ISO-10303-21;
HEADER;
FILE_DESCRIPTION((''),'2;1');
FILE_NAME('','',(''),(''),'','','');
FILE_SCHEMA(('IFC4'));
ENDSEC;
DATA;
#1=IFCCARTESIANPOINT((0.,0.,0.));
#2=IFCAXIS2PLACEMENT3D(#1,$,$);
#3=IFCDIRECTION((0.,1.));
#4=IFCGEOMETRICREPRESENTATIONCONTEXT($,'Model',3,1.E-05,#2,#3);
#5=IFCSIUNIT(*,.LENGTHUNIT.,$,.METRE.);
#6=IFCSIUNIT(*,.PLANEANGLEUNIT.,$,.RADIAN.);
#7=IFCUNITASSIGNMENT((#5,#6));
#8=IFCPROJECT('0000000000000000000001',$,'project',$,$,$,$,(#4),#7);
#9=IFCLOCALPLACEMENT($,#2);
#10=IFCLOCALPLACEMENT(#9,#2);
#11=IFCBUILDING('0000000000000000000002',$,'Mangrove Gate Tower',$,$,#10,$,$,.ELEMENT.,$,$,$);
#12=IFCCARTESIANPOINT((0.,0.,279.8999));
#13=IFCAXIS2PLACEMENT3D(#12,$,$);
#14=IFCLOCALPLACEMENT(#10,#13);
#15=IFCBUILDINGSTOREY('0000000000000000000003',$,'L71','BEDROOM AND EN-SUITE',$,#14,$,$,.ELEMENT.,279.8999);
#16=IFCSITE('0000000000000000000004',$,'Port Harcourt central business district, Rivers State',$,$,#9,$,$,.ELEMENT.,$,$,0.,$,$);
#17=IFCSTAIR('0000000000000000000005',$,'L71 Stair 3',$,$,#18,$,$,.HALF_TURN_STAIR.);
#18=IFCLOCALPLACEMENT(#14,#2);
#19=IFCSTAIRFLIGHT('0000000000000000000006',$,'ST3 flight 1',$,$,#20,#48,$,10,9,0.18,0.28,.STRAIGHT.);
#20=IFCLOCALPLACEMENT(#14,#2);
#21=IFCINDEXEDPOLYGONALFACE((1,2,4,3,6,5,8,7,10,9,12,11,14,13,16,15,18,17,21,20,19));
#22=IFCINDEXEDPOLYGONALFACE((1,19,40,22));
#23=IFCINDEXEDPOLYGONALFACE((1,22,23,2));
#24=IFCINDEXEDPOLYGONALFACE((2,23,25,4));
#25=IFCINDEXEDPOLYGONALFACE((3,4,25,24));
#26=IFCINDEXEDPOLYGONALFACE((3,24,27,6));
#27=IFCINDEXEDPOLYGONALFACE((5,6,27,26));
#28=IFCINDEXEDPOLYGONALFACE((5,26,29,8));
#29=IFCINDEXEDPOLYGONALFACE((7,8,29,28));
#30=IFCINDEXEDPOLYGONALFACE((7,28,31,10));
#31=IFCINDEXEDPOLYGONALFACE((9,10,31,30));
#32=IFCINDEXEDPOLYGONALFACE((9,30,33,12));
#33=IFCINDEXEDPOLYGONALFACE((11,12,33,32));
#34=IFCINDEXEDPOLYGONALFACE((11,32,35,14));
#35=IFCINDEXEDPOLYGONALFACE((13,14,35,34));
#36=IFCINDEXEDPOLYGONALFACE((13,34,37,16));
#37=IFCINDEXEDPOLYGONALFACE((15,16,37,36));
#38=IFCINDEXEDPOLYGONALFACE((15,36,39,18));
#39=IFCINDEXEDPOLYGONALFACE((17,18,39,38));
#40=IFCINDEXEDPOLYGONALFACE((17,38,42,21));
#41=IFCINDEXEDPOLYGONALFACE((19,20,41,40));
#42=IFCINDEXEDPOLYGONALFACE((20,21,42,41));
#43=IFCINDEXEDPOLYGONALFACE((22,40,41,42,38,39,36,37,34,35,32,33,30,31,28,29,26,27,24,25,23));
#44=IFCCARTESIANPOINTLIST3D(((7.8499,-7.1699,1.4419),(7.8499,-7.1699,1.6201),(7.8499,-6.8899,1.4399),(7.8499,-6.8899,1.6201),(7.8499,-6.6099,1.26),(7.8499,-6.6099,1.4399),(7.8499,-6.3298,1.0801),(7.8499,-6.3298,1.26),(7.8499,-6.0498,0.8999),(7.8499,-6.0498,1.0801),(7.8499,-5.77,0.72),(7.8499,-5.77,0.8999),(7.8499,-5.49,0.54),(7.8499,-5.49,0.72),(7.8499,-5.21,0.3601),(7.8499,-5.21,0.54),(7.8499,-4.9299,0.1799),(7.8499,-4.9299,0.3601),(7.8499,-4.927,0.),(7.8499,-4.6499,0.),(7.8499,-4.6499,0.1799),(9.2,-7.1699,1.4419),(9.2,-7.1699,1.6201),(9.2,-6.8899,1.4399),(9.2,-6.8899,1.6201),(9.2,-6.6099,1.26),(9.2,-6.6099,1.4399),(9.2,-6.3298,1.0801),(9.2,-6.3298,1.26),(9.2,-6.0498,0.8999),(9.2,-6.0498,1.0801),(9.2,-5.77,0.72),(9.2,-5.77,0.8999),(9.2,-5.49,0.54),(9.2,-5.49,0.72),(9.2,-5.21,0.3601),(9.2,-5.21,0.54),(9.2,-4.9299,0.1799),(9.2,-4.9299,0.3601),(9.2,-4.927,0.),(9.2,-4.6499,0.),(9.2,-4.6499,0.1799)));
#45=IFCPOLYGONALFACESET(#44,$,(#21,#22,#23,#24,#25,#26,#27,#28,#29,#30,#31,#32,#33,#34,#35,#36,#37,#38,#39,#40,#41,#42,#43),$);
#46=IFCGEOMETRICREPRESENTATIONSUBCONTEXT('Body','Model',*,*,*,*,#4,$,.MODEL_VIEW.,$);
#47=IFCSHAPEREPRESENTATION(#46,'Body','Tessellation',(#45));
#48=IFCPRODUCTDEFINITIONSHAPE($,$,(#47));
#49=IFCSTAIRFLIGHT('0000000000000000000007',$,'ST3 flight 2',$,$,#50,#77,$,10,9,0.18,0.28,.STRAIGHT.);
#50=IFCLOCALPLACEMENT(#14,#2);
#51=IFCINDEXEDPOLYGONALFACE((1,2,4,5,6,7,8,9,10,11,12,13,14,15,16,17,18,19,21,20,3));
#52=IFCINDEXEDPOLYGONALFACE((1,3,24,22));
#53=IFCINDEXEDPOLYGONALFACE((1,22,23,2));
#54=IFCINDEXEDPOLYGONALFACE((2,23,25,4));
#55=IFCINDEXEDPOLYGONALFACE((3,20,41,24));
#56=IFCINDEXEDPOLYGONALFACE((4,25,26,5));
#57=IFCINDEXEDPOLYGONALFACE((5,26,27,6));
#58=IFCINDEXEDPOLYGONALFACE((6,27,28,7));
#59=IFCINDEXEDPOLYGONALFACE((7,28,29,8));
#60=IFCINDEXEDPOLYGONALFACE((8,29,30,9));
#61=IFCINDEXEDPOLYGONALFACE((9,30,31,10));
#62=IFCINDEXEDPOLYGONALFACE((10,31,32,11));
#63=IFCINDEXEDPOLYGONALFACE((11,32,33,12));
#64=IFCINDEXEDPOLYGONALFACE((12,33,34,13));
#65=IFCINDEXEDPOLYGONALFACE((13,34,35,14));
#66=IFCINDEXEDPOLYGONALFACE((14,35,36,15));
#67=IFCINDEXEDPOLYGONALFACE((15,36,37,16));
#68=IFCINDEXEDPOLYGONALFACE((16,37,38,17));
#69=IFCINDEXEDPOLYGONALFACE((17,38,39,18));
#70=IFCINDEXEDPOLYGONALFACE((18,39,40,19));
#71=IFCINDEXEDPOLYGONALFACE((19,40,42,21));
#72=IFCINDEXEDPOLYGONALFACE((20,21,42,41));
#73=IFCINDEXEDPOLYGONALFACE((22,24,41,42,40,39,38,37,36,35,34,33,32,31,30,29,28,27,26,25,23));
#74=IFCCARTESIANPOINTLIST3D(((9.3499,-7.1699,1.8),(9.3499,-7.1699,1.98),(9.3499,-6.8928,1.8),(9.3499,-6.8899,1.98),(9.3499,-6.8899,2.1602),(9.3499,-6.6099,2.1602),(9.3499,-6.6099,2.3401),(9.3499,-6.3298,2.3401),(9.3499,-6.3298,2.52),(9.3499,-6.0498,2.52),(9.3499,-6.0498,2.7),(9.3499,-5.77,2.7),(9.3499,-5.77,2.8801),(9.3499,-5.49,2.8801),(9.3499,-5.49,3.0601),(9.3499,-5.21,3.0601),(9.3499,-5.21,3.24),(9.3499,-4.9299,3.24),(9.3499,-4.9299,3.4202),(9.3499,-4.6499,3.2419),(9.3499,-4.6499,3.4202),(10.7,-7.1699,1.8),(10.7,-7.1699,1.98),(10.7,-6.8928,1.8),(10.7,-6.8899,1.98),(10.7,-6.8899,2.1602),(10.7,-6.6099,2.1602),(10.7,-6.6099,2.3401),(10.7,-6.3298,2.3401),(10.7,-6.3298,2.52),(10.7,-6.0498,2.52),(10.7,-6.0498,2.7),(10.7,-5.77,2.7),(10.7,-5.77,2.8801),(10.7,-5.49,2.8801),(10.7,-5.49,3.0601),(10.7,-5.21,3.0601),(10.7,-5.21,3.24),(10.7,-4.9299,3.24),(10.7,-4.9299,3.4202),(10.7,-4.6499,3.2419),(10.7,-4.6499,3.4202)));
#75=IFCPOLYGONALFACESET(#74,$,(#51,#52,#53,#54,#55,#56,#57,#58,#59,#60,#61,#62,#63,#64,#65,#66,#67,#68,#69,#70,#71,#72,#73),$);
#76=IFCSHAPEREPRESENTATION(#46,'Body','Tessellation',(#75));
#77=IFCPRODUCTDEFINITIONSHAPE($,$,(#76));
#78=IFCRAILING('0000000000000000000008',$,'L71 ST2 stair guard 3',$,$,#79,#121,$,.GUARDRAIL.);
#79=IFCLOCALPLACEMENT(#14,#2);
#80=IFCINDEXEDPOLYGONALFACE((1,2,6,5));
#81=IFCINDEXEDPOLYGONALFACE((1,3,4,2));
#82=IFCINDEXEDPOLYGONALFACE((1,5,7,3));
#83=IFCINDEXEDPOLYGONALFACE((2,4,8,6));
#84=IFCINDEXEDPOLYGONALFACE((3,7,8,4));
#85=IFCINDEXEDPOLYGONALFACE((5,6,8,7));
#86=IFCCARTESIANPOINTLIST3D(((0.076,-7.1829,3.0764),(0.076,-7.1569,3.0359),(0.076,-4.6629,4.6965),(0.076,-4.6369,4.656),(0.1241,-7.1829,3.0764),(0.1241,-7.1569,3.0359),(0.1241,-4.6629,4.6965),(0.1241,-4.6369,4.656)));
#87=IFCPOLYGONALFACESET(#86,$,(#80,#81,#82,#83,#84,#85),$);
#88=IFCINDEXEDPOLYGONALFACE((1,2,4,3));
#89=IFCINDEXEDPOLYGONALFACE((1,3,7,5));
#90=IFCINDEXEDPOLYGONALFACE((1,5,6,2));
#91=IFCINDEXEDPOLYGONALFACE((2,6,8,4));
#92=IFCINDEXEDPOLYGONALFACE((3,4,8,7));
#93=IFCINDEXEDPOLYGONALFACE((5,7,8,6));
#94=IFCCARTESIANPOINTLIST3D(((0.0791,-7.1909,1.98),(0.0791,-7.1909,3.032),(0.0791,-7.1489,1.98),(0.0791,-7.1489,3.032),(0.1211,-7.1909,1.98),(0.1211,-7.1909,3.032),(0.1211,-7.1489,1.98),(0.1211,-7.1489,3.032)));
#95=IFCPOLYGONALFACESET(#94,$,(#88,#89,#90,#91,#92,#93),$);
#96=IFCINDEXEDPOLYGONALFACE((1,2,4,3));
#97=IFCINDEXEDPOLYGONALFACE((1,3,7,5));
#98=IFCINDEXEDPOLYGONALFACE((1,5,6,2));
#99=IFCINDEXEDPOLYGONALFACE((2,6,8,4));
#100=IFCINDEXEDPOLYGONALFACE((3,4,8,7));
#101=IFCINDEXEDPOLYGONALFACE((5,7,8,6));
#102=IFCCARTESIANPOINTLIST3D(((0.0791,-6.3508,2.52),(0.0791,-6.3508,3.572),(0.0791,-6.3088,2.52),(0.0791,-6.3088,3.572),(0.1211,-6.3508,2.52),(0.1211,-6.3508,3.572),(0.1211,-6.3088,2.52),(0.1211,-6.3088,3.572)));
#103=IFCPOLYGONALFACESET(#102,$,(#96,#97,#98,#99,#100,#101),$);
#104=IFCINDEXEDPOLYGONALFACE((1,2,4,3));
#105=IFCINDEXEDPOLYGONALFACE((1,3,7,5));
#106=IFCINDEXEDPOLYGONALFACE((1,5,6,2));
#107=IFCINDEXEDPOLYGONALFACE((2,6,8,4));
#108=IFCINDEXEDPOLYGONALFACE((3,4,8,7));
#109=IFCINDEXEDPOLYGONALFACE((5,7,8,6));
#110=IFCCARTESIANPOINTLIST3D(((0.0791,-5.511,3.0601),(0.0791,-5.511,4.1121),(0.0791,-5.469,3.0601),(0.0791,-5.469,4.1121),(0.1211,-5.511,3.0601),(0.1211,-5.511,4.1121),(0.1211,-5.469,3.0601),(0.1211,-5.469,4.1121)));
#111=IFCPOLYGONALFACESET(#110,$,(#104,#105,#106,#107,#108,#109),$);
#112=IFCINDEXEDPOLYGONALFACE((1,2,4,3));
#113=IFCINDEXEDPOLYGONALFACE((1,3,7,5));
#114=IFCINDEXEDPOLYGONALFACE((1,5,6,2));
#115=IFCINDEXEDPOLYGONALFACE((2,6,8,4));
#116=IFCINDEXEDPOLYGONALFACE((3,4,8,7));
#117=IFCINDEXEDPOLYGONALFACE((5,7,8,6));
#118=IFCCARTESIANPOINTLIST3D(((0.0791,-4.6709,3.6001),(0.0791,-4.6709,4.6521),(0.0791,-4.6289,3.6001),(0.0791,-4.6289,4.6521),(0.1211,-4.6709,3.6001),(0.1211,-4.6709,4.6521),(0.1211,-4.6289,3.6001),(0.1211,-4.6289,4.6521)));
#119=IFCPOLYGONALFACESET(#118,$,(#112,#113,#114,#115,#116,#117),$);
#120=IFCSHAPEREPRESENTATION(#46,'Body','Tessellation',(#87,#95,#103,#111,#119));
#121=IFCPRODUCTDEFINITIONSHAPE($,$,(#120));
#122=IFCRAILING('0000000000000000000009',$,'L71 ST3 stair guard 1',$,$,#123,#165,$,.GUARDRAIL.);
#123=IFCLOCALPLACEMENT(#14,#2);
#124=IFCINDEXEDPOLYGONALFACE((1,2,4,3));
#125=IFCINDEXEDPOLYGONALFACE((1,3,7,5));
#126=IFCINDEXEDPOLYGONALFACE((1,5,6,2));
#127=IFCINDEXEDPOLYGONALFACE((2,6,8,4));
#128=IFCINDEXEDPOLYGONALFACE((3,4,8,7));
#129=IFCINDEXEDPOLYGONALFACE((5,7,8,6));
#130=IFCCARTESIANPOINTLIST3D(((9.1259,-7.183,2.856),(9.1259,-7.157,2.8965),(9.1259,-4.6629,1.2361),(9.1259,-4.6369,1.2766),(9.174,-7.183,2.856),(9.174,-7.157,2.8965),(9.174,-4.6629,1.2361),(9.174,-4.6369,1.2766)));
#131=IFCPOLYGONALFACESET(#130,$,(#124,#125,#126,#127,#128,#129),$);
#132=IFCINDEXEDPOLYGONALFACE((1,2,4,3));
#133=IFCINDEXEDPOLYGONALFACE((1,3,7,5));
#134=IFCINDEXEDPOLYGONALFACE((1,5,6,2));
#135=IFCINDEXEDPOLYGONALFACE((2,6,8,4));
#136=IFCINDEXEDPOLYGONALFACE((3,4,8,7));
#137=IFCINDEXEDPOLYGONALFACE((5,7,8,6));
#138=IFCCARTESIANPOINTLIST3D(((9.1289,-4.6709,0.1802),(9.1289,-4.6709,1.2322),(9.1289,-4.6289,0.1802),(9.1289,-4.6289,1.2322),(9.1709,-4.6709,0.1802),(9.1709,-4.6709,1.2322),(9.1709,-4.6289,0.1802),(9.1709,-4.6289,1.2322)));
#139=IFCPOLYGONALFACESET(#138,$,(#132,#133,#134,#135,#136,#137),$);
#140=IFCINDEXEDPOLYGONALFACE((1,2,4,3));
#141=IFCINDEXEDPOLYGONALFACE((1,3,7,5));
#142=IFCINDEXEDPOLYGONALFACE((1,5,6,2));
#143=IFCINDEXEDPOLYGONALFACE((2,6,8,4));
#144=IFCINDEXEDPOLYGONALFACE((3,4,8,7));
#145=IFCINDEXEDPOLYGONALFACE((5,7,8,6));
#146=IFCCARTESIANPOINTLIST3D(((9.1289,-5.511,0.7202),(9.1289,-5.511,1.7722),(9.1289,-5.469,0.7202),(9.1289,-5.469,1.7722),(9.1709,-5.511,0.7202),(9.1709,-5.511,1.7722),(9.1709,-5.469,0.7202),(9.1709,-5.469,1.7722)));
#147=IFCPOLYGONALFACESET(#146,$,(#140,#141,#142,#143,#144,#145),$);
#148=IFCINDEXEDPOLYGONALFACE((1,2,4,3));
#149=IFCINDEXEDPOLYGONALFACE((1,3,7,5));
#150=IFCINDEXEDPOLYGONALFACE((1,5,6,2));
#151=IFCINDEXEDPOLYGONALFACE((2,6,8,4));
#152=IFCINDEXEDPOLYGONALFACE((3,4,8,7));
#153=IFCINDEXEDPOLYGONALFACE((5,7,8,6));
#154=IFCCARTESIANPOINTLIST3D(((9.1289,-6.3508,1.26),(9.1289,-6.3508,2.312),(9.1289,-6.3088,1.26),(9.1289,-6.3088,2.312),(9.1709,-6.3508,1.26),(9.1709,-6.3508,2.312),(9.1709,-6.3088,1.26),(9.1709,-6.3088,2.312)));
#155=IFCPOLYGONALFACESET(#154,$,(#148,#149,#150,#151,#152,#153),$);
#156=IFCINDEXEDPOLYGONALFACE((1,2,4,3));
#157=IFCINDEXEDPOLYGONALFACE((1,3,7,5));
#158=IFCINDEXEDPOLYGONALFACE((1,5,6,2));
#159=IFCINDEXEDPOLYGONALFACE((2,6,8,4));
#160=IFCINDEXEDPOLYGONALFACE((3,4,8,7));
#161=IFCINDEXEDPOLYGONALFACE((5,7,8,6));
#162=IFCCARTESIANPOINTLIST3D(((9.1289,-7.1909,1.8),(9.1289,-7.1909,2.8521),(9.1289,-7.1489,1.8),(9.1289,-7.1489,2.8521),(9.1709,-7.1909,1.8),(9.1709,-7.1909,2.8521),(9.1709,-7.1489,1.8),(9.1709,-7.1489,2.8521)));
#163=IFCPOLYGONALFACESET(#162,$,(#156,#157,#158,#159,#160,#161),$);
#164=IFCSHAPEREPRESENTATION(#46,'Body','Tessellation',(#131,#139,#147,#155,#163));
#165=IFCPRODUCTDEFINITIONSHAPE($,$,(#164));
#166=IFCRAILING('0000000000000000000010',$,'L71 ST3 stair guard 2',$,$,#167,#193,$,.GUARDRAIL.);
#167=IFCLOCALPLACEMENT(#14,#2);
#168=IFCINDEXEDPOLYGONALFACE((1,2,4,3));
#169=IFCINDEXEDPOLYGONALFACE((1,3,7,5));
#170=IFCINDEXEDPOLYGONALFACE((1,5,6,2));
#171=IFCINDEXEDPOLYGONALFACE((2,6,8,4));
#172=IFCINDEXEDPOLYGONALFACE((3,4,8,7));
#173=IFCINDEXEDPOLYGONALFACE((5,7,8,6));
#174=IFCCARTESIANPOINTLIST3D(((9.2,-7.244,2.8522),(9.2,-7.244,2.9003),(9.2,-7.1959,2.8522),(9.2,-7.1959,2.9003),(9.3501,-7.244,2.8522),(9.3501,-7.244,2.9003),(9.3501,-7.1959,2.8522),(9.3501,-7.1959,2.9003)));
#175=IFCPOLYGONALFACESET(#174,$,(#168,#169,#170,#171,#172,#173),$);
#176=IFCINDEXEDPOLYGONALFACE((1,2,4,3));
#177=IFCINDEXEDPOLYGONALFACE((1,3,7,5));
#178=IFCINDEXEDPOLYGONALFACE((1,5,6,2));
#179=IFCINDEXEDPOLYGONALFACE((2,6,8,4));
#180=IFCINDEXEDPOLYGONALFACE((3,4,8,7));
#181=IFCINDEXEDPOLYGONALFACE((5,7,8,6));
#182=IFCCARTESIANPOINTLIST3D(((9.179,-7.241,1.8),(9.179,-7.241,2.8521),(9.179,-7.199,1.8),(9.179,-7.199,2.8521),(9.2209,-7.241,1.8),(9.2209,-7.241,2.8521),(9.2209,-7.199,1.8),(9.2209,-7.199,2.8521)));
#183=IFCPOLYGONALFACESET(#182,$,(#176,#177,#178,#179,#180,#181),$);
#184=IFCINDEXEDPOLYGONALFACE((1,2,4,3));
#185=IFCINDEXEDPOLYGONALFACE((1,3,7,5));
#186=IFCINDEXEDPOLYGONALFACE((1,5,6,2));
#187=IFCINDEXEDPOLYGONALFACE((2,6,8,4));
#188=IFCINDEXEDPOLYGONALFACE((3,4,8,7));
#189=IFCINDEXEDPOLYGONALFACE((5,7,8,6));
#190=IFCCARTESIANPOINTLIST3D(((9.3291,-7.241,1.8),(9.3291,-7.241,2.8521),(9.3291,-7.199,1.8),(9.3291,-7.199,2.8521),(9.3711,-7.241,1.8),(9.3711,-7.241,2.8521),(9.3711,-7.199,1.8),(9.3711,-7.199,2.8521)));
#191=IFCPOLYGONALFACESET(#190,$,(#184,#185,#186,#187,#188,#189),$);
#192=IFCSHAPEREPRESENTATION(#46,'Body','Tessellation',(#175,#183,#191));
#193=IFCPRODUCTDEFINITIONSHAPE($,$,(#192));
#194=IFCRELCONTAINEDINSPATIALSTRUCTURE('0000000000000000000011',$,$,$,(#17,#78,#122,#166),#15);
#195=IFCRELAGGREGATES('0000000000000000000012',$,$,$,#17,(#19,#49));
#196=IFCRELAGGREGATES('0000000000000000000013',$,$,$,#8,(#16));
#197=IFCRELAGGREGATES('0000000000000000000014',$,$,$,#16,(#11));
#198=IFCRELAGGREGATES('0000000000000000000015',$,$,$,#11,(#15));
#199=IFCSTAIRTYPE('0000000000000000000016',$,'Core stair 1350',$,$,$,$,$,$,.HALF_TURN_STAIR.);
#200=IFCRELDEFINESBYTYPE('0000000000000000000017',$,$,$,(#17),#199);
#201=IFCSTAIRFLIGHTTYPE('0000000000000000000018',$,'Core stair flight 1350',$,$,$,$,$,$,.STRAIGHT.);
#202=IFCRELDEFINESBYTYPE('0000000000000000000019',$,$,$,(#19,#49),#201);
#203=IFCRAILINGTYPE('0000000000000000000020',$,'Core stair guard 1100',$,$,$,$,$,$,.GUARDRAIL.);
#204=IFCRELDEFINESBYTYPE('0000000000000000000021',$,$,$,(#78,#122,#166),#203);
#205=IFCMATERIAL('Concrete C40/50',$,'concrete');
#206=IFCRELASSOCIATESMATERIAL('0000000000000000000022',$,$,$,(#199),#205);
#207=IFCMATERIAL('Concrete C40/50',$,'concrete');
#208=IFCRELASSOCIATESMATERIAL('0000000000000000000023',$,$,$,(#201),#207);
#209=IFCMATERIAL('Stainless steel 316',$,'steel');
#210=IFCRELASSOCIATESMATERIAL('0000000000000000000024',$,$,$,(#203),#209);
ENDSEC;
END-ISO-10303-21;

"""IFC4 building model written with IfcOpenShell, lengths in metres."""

from ifc_helpers import new_model, si_unit, direction, frame, origin, origin_2d, place, context, subcontext, project, spatial, polyline, rectangle, outline, extrude, material, type_object, element, aggregate, save


model = new_model("IFC4")

# Units and contexts
model_context = context("Model", 3, precision=1e-05, world=origin(), true_north=direction((0.0, 1.0)))
body_context = subcontext(model_context, "Body", "Model", "MODEL_VIEW")
ifc_project = project(units=[si_unit("LENGTHUNIT", "METRE"), si_unit("PLANEANGLEUNIT", "RADIAN")], contexts=[model_context])

# Site, building, storey
site_placement = place(None, origin())
site = spatial("IfcSite", under=ifc_project, at=site_placement, Name="Port Harcourt central business district, Rivers State", CompositionType="ELEMENT", RefElevation=0.0)
building_placement = place(site_placement, origin())
building = spatial("IfcBuilding", under=site, at=building_placement, Name="Mangrove Gate Tower", CompositionType="ELEMENT")
storey_placement = place(building_placement, frame((0.0, 0.0, 279.8999)))
storey = spatial("IfcBuildingStorey", under=building, at=storey_placement, Name="L71", Description="BEDROOM AND EN-SUITE", CompositionType="ELEMENT", Elevation=279.8999)

# Shared definitions
ifc_material_1 = material(Name="Concrete C40/50", Category="concrete")
stair_type = type_object("IfcStairType", Name="Core stair 1350", PredefinedType="HALF_TURN_STAIR", material=ifc_material_1)
ifc_material_2 = material(Name="Concrete C40/50", Category="concrete")
stair_flight_type = type_object("IfcStairFlightType", Name="Core stair flight 1350", PredefinedType="STRAIGHT", material=ifc_material_2)

# Stair, stair flights
stair_1_placement = place(storey_placement, origin())
stair_1 = element("IfcStair", 1, at=stair_1_placement, inside=storey, type_object=stair_type, Name="L71 Stair 3", PredefinedType="HALF_TURN_STAIR")
stair_flight_1_placement = place(storey_placement, frame((8.5249, -4.6499, 0.0), z_axis=(0.0, 0.0, 1.0), x_axis=(0.0, -1.0, 0.0)))
stair_flight_1 = element("IfcStairFlight", 2, at=stair_flight_1_placement, type_object=stair_flight_type, Name="ST3 flight 1", NumberOfRisers=10, NumberOfTreads=9, PredefinedType="STRAIGHT", RiserHeight=0.18, TreadLength=0.28, context=body_context, shape_type="SweptSolid", body=[
    extrude(outline(polyline([(0.0, 0.0), (0.0, 0.1799), (0.28, 0.1799), (0.28, 0.3601), (0.5601, 0.3601), (0.5601, 0.54), (0.8401, 0.54), (0.8401, 0.72), (1.1201, 0.72), (1.1201, 0.8999), (1.3999, 0.8999), (1.3999, 1.0801), (1.6799, 1.0801), (1.6799, 1.26), (1.96, 1.26), (1.96, 1.4399), (2.24, 1.4399), (2.24, 1.6201), (2.52, 1.6201), (2.52, 1.8), (2.52, 1.4419), (0.2771, 0.0), (0.0, 0.0)])), frame((0.0, 0.675, 0.0), z_axis=(0.0, -1.0, 0.0), x_axis=(1.0, 0.0, 0.0)), (0.0, 0.0, 1.0), 1.3501),
])
stair_flight_2_placement = place(storey_placement, frame((10.0249, -7.1699, 1.8), z_axis=(0.0, 0.0, 1.0), x_axis=(0.0, 1.0, 0.0)))
stair_flight_2 = element("IfcStairFlight", 3, at=stair_flight_2_placement, type_object=stair_flight_type, Name="ST3 flight 2", NumberOfRisers=10, NumberOfTreads=9, PredefinedType="STRAIGHT", RiserHeight=0.18, TreadLength=0.28, context=body_context, shape_type="SweptSolid", body=[
    extrude(outline(polyline([(0.0, 0.0), (0.0, 0.1799), (0.28, 0.1799), (0.28, 0.3601), (0.5601, 0.3601), (0.5601, 0.54), (0.8401, 0.54), (0.8401, 0.72), (1.1201, 0.72), (1.1201, 0.8999), (1.3999, 0.8999), (1.3999, 1.0801), (1.6799, 1.0801), (1.6799, 1.26), (1.96, 1.26), (1.96, 1.4399), (2.24, 1.4399), (2.24, 1.6201), (2.52, 1.6201), (2.52, 1.8), (2.52, 1.4419), (0.2771, 0.0), (0.0, 0.0)])), frame((0.0, 0.675, 0.0), z_axis=(0.0, -1.0, 0.0), x_axis=(1.0, 0.0, 0.0)), (0.0, 0.0, 1.0), 1.3501),
])
aggregate(stair_1, [stair_flight_1, stair_flight_2])

# Railings
ifc_material_3 = material(Name="Stainless steel 316", Category="steel")
railing_type_1 = type_object("IfcRailingType", Name="Core stair guard 1100", PredefinedType="GUARDRAIL", material=ifc_material_3)
railing_1_placement = place(storey_placement, frame((0.1001, -7.1699, 1.98)))
element("IfcRailing", 4, at=railing_1_placement, inside=storey, type_object=railing_type_1, Name="L71 ST2 stair guard 3", PredefinedType="GUARDRAIL", context=body_context, shape_type="SweptSolid", body=[
    extrude(rectangle(XDim=0.0481, YDim=0.0481, at=origin_2d()), frame((0.0, 0.0, 1.0762), z_axis=(0.0, 0.841163, 0.540782), x_axis=(-1.0, 0.0, 0.0)), (0.0, 0.0, 1.0), 2.9958),
    extrude(rectangle(XDim=0.042, YDim=0.042, at=origin_2d()), origin(), (0.0, 0.0, 1.0), 1.052),
    extrude(rectangle(XDim=0.042, YDim=0.042, at=origin_2d()), frame((0.0, 0.8401, 0.54)), (0.0, 0.0, 1.0), 1.052),
    extrude(rectangle(XDim=0.042, YDim=0.042, at=origin_2d()), frame((0.0, 1.6799, 1.0801)), (0.0, 0.0, 1.0), 1.052),
    extrude(rectangle(XDim=0.042, YDim=0.042, at=origin_2d()), frame((0.0, 2.52, 1.6201)), (0.0, 0.0, 1.0), 1.052),
])
railing_2_placement = place(storey_placement, frame((9.1499, -4.6499, 0.1802)))
element("IfcRailing", 5, at=railing_2_placement, inside=storey, type_object=railing_type_1, Name="L71 ST3 stair guard 1", PredefinedType="GUARDRAIL", context=body_context, shape_type="SweptSolid", body=[
    extrude(rectangle(XDim=0.0481, YDim=0.0481, at=origin_2d()), frame((0.0, 0.0, 1.0762), z_axis=(0.0, -0.8412, 0.540725), x_axis=(1.0, 0.0, 0.0)), (0.0, 0.0, 1.0), 2.9958),
    extrude(rectangle(XDim=0.042, YDim=0.042, at=origin_2d()), origin(), (0.0, 0.0, 1.0), 1.052),
    extrude(rectangle(XDim=0.042, YDim=0.042, at=origin_2d()), frame((0.0, -0.8401, 0.54)), (0.0, 0.0, 1.0), 1.052),
    extrude(rectangle(XDim=0.042, YDim=0.042, at=origin_2d()), frame((0.0, -1.6799, 1.0798)), (0.0, 0.0, 1.0), 1.052),
    extrude(rectangle(XDim=0.042, YDim=0.042, at=origin_2d()), frame((0.0, -2.52, 1.6199)), (0.0, 0.0, 1.0), 1.052),
])
railing_3_placement = place(storey_placement, frame((9.2, -7.22, 1.8)))
element("IfcRailing", 6, at=railing_3_placement, inside=storey, type_object=railing_type_1, Name="L71 ST3 stair guard 2", PredefinedType="GUARDRAIL", context=body_context, shape_type="SweptSolid", body=[
    extrude(rectangle(XDim=0.0481, YDim=0.0481, at=origin_2d()), frame((0.0, 0.0, 1.0762), z_axis=(1.0, 0.0, 0.0), x_axis=(0.0, 1.0, 0.0)), (0.0, 0.0, 1.0), 0.1501),
    extrude(rectangle(XDim=0.042, YDim=0.042, at=origin_2d()), origin(), (0.0, 0.0, 1.0), 1.052),
    extrude(rectangle(XDim=0.042, YDim=0.042, at=origin_2d()), frame((0.1501, 0.0, 0.0)), (0.0, 0.0, 1.0), 1.052),
])

save(model, "model.ifc")
